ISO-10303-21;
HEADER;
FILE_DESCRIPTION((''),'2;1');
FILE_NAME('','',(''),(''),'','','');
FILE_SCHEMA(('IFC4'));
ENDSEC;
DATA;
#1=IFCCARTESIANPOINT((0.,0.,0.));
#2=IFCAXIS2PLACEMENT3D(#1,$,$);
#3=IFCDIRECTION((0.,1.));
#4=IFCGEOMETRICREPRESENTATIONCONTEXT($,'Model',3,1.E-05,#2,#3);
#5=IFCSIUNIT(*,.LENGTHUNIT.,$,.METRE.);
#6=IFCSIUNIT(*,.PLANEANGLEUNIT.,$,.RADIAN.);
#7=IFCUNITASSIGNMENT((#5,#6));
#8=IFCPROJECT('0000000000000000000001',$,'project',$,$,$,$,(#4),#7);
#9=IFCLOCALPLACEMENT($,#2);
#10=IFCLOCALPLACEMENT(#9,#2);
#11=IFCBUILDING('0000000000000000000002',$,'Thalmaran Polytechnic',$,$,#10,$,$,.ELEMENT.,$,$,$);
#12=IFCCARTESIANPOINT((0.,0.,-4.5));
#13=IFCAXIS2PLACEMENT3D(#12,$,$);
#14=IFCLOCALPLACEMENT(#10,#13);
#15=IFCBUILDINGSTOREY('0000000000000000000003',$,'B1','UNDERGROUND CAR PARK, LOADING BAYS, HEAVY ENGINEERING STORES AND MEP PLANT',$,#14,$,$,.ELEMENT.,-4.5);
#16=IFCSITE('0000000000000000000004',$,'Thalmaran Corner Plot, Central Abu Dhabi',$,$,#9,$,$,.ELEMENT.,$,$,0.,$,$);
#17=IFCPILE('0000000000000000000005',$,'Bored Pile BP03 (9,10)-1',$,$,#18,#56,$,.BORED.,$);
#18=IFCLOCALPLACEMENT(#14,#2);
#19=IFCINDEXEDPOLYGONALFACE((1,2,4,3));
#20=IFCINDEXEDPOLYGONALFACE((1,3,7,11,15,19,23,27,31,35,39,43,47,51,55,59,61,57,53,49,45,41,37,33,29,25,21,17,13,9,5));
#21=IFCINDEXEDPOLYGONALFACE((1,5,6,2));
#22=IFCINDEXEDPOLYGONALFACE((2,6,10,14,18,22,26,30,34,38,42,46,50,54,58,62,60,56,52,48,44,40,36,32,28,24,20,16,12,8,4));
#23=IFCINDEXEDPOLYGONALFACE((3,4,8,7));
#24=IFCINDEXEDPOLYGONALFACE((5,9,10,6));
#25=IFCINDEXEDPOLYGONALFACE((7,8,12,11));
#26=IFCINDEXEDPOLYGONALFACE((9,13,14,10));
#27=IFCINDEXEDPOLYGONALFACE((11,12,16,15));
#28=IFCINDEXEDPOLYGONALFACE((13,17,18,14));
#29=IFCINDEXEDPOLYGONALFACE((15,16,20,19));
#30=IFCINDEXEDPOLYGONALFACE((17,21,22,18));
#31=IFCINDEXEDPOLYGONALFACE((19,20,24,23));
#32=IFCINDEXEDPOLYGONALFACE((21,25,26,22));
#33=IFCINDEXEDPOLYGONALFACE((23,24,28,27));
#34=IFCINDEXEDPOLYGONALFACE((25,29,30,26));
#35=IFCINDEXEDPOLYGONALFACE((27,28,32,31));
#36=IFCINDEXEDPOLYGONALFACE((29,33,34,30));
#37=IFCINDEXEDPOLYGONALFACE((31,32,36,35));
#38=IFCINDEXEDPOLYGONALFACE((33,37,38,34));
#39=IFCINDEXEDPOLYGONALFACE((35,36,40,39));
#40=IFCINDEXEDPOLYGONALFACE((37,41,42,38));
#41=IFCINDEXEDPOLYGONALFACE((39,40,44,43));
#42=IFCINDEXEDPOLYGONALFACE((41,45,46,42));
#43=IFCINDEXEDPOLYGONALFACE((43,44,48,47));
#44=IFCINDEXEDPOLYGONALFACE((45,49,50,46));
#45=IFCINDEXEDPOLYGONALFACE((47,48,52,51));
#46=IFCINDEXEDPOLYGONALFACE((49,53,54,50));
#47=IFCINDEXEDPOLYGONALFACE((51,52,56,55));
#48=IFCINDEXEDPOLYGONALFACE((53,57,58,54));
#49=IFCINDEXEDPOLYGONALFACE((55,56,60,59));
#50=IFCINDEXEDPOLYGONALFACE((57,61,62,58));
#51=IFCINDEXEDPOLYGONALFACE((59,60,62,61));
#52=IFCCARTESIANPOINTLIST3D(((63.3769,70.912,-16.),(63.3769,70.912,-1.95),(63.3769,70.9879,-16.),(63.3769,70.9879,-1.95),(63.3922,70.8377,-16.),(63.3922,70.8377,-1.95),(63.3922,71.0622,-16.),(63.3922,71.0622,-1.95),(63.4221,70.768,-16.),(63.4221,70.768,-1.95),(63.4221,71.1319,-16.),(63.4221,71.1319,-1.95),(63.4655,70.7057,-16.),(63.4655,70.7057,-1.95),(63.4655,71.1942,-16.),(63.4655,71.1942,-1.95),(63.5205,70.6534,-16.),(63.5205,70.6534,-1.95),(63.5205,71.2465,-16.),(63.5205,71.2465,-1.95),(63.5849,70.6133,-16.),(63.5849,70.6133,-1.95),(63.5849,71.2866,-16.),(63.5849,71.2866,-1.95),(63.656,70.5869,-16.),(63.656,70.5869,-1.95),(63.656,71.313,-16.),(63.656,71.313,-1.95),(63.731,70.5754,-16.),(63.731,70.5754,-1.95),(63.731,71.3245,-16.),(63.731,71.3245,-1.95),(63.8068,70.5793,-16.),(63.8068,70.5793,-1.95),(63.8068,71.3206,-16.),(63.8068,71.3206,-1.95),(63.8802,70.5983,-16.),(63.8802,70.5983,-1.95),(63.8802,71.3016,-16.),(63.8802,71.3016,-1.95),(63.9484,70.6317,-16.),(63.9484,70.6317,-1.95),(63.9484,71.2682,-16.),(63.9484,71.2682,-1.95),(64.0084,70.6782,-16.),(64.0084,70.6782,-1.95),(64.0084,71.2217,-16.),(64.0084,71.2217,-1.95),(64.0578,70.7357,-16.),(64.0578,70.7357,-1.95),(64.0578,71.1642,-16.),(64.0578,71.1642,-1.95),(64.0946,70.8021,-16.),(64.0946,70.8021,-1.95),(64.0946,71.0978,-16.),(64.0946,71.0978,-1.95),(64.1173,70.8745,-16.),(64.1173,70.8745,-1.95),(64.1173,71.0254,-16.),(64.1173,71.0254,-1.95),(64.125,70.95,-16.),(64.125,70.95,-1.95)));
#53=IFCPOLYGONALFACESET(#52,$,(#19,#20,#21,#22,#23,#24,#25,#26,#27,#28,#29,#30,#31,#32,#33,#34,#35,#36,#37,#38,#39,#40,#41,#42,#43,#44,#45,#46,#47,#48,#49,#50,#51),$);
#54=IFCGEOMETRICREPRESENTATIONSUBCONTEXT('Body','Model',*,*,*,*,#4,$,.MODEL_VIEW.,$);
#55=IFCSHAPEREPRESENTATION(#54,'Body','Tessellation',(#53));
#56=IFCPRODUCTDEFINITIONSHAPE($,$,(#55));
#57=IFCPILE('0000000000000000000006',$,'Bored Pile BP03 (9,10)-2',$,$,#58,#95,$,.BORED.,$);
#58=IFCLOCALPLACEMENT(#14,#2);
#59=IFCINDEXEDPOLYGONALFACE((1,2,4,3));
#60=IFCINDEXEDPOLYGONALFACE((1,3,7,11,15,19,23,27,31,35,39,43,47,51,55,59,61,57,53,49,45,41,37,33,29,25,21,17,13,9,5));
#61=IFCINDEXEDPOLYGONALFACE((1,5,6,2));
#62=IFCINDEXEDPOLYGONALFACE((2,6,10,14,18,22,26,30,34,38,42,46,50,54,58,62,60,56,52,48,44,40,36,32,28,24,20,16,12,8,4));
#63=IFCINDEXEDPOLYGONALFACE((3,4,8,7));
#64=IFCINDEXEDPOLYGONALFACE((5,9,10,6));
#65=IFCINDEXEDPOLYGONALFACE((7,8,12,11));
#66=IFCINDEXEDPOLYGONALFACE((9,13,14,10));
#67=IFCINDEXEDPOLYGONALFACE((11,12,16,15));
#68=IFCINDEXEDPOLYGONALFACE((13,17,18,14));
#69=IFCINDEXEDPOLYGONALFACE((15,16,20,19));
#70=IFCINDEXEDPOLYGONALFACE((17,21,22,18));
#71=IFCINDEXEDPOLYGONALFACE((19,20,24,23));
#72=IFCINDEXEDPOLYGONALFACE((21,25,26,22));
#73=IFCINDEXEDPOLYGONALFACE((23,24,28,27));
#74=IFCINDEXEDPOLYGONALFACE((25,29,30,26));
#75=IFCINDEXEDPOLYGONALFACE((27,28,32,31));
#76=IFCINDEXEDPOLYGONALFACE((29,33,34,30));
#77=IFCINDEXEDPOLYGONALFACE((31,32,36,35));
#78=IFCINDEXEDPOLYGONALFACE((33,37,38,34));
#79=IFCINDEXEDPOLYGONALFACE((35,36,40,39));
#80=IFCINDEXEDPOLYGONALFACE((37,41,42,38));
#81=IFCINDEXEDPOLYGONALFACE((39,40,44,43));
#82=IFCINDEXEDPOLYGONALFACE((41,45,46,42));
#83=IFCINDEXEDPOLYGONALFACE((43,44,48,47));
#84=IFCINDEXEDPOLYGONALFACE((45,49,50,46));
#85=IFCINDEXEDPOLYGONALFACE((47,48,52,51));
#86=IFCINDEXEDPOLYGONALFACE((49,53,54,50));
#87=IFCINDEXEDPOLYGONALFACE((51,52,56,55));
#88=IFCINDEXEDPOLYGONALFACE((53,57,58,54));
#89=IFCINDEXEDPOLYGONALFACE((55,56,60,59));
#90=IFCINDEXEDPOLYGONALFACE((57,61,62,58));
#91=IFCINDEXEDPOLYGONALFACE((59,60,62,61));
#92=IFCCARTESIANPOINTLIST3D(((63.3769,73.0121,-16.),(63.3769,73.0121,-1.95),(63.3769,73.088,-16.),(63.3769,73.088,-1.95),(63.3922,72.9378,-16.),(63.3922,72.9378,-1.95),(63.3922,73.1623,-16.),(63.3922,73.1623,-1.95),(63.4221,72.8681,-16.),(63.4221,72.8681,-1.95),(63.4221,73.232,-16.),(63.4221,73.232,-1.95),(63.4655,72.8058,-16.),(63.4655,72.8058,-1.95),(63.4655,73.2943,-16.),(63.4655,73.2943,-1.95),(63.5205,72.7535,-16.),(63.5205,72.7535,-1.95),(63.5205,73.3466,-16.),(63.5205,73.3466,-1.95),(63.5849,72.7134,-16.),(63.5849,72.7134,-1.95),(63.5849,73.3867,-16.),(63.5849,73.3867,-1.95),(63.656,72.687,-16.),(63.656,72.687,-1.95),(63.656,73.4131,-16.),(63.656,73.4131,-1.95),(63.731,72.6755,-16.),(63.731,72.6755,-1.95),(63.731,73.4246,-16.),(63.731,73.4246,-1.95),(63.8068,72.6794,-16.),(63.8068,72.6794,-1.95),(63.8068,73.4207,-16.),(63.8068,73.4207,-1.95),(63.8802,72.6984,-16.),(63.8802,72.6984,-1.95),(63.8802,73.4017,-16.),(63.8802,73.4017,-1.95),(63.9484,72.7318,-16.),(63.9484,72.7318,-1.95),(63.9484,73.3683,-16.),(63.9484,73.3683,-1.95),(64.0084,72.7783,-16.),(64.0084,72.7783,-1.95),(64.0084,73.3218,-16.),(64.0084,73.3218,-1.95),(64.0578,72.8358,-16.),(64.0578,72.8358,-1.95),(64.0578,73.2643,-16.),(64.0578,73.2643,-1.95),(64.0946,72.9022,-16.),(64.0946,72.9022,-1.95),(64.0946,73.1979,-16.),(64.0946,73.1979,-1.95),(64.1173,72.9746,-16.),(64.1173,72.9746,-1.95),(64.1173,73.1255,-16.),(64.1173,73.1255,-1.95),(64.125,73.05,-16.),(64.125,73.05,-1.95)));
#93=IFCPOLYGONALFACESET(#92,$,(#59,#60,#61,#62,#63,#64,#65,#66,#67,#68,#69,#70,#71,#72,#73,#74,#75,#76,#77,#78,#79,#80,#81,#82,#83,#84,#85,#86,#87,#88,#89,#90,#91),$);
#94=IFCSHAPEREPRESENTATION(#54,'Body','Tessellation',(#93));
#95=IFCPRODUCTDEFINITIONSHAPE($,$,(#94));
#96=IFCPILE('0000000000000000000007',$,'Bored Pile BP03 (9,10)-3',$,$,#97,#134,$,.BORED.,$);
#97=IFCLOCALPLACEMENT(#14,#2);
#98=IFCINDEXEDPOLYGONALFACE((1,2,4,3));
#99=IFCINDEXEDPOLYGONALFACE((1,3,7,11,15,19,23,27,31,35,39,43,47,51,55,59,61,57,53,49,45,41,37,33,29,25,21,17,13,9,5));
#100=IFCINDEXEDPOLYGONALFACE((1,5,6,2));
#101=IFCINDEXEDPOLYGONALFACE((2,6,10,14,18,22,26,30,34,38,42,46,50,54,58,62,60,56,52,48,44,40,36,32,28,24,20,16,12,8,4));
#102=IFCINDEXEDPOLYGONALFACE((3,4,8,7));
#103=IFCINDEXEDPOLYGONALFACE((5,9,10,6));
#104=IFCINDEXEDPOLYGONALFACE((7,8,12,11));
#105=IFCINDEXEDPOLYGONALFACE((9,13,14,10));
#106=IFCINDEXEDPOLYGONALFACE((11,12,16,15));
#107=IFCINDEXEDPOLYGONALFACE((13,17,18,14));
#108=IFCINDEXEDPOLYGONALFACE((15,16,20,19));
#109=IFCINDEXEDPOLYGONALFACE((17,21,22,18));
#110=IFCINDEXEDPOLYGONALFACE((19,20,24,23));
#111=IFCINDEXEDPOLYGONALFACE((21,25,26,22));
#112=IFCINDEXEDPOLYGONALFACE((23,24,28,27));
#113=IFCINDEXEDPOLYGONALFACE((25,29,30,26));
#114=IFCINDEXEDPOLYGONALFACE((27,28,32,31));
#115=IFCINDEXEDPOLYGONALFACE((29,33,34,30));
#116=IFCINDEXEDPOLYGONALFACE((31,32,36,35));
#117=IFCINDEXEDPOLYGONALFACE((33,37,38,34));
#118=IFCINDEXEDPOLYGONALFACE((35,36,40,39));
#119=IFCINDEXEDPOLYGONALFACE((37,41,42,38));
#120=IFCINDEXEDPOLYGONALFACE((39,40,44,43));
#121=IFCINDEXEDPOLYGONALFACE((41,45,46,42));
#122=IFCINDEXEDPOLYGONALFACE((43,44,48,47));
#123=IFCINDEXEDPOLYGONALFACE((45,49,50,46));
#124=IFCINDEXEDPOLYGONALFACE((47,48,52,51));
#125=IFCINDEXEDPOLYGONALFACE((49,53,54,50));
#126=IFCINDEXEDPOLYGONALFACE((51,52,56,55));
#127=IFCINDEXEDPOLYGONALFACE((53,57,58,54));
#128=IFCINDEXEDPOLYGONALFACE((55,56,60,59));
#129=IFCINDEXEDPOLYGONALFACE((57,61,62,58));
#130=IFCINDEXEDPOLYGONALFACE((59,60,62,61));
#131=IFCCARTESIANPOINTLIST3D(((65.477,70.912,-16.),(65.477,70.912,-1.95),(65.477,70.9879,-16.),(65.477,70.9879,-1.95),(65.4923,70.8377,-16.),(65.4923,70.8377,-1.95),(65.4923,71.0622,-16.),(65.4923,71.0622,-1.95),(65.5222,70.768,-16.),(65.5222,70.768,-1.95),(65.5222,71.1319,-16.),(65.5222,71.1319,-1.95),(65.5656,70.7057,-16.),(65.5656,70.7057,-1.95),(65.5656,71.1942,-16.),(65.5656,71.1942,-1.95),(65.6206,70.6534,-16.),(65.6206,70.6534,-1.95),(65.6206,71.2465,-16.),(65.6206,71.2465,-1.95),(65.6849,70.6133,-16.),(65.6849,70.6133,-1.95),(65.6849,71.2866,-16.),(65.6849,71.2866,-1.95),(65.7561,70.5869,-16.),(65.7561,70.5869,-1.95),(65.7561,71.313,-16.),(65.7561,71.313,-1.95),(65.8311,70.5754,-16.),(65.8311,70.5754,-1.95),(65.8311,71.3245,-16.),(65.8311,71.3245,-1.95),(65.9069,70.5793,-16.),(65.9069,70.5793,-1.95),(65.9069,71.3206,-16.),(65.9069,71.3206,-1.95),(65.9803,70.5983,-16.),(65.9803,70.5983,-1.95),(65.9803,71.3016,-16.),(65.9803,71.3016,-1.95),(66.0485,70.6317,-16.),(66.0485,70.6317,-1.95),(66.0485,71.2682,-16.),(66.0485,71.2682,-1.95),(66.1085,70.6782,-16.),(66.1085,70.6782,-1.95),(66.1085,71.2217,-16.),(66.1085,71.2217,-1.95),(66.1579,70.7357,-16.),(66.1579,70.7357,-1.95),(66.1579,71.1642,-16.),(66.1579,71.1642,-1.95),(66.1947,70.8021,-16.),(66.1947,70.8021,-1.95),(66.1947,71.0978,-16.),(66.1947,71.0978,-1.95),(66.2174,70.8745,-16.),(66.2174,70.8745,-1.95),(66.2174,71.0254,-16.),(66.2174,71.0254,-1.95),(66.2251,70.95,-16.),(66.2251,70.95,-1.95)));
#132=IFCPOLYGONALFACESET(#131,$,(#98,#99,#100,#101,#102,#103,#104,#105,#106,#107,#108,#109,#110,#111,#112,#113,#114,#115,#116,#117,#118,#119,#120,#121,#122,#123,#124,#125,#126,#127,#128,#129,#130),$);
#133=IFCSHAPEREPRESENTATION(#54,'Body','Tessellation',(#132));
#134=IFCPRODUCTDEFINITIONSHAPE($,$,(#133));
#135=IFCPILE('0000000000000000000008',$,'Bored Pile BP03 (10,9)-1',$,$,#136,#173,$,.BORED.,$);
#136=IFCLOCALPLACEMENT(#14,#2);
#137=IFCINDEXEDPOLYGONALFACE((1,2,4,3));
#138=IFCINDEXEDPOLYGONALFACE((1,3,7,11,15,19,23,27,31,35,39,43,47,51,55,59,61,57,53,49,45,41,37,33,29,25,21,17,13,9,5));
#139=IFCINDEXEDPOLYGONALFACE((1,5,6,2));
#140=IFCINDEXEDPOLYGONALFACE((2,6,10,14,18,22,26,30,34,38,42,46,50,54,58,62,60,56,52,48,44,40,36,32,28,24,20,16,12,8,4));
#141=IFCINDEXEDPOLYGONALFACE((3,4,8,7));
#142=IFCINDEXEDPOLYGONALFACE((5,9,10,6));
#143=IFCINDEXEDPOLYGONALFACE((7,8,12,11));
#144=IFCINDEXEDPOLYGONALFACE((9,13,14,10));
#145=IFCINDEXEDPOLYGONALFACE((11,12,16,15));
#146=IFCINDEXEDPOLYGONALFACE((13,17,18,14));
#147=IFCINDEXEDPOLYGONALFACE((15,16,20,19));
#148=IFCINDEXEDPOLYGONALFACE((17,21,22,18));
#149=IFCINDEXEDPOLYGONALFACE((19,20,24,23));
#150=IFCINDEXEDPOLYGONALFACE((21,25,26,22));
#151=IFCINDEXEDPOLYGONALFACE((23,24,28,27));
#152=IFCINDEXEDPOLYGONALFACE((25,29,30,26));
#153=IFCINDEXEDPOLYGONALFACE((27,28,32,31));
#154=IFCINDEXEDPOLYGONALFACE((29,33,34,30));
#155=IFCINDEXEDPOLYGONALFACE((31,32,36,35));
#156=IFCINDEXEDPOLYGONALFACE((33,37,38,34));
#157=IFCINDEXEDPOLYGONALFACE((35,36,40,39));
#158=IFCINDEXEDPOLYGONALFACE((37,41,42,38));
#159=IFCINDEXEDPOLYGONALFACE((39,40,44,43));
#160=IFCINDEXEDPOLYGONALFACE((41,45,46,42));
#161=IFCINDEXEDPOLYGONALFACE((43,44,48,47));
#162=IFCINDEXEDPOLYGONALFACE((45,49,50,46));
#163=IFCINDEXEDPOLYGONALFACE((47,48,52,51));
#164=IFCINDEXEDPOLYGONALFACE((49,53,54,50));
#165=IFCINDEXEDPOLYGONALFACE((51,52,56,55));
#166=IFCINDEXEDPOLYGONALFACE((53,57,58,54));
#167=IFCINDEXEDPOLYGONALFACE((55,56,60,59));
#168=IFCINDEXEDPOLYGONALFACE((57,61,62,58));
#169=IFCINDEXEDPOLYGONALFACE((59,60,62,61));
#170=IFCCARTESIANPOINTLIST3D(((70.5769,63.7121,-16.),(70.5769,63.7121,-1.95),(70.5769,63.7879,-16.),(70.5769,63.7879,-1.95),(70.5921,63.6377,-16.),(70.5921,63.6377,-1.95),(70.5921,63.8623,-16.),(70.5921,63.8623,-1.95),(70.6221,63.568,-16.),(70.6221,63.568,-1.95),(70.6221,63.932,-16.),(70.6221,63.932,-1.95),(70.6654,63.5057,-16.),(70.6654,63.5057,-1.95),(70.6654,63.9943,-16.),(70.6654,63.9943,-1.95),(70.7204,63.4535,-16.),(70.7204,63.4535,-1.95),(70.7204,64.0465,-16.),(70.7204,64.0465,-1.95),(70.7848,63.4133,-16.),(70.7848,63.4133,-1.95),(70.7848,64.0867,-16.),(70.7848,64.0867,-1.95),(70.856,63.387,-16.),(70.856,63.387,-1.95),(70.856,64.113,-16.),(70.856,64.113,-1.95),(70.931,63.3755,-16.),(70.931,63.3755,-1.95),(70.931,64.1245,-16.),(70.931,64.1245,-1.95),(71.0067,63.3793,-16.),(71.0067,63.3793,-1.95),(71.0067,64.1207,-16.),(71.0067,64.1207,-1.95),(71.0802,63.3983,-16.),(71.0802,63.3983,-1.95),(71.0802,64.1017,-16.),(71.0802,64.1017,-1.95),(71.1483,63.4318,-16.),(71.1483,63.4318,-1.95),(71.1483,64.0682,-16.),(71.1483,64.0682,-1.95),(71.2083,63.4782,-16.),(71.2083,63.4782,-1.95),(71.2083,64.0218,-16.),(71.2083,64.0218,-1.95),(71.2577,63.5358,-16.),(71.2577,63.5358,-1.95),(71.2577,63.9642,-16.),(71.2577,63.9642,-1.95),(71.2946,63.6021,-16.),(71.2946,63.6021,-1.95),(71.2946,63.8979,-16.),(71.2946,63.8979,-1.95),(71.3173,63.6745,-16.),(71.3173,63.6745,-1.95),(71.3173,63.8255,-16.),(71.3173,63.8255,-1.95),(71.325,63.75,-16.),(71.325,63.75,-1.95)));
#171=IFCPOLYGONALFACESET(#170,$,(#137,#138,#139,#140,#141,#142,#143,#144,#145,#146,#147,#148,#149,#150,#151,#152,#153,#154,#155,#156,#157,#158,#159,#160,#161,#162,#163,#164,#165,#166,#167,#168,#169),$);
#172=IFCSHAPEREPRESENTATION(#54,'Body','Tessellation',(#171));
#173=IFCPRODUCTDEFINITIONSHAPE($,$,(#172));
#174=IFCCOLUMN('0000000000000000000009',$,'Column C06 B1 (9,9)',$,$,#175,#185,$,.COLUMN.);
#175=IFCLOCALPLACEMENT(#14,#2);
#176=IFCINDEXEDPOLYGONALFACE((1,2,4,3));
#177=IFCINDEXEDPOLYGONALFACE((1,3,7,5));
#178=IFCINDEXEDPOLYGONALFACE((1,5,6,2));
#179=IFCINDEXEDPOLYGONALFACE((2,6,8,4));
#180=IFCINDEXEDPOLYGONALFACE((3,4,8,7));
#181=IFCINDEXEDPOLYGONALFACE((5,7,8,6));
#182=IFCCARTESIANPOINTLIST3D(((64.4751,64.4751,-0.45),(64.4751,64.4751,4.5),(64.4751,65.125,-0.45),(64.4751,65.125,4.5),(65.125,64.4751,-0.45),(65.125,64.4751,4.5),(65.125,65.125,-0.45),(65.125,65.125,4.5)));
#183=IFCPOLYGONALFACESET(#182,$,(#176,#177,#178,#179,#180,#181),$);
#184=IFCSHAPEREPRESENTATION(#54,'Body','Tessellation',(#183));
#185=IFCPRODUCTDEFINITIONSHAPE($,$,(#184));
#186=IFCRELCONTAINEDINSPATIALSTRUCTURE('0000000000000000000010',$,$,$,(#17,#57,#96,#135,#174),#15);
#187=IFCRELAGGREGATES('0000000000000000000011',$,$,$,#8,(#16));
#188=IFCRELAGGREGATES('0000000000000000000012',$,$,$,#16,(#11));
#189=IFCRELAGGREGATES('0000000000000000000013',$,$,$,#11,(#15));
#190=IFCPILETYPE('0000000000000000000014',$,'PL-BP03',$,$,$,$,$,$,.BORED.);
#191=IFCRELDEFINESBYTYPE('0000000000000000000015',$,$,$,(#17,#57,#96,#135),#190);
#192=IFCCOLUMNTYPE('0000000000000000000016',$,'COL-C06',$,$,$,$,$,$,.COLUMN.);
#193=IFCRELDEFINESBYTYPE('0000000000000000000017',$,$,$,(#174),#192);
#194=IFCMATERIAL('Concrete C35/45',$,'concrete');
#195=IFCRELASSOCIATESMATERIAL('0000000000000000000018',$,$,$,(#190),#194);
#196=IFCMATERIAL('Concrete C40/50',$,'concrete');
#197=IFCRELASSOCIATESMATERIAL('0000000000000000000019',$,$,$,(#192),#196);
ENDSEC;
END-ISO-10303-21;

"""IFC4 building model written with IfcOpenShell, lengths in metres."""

from ifc_helpers import new_model, si_unit, direction, frame, origin, origin_2d, place, context, subcontext, project, spatial, rectangle, circle, extrude, material, material_profile, profile_set, type_object, element, save


model = new_model("IFC4")

# Units and contexts
model_context = context("Model", 3, precision=1e-05, world=origin(), true_north=direction((0.0, 1.0)))
body_context = subcontext(model_context, "Body", "Model", "MODEL_VIEW")
ifc_project = project(units=[si_unit("LENGTHUNIT", "METRE"), si_unit("PLANEANGLEUNIT", "RADIAN")], contexts=[model_context])

# Site, building, storey
site_placement = place(None, origin())
site = spatial("IfcSite", under=ifc_project, at=site_placement, Name="Thalmaran Corner Plot, Central Abu Dhabi", CompositionType="ELEMENT", RefElevation=0.0)
building_placement = place(site_placement, origin())
building = spatial("IfcBuilding", under=site, at=building_placement, Name="Thalmaran Polytechnic", CompositionType="ELEMENT")
storey_placement = place(building_placement, frame((0.0, 0.0, -4.5)))
storey = spatial("IfcBuildingStorey", under=building, at=storey_placement, Name="B1", Description="UNDERGROUND CAR PARK, LOADING BAYS, HEAVY ENGINEERING STORES AND MEP PLANT", CompositionType="ELEMENT", Elevation=-4.5)

# Shared definitions
ifc_material_1 = material(Name="Concrete C40/50", Category="concrete")

# Piles
ifc_material_2 = material(Name="Concrete C35/45", Category="concrete")
ifc_material_profile_1 = material_profile(ifc_material_2, circle(Radius=0.375, at=origin_2d()), Name="RC 750 DIA")
ifc_profile_set_1 = profile_set([ifc_material_profile_1], Name="Concrete C35/45")
pile_type = type_object("IfcPileType", Name="PL-BP03", PredefinedType="BORED", material=ifc_profile_set_1)
for number, where, z_axis, x_axis, name in (
    (1, (63.75, 70.95, -1.95), (0.0, 0.0, -1.0), (1.0, 0.0, 0.0), "Bored Pile BP03 (9,10)-1"),
    (2, (63.75, 73.05, -1.95), (0.0, 0.0, -1.0), (1.0, 0.0, 0.0), "Bored Pile BP03 (9,10)-2"),
    (3, (65.8501, 70.95, -1.95), (0.0, 0.0, -1.0), (1.0, 0.0, 0.0), "Bored Pile BP03 (9,10)-3"),
    (4, (70.95, 63.75, -1.95), (0.0, 0.0, -1.0), (1.0, 0.0, 0.0), "Bored Pile BP03 (10,9)-1"),
):
    element("IfcPile", number, at=place(storey_placement, frame(where, z_axis=z_axis, x_axis=x_axis)), inside=storey, type_object=pile_type, Name=name, PredefinedType="BORED", context=body_context, shape_type="SweptSolid", body=[
        extrude(circle(Radius=0.375, at=origin_2d()), origin(), (0.0, 0.0, 1.0), 14.05),
    ])

# Column
ifc_material_profile_2 = material_profile(ifc_material_1, rectangle(XDim=0.6499, YDim=0.6499, at=origin_2d()), Name="RC 650x650")
ifc_profile_set_2 = profile_set([ifc_material_profile_2], Name="Concrete C40/50")
column_type_1 = type_object("IfcColumnType", Name="COL-C06", PredefinedType="COLUMN", material=ifc_profile_set_2)
column_1_placement = place(storey_placement, frame((64.8, 64.8, -0.45), z_axis=(0.0, 0.0, 1.0), x_axis=(1.0, 0.0, 0.0)))
element("IfcColumn", 5, at=column_1_placement, inside=storey, type_object=column_type_1, Name="Column C06 B1 (9,9)", PredefinedType="COLUMN", context=body_context, shape_type="SweptSolid", body=[
    extrude(rectangle(XDim=0.6499, YDim=0.6499, at=origin_2d()), origin(), (0.0, 0.0, 1.0), 4.95),
])

save(model, "model.ifc")
